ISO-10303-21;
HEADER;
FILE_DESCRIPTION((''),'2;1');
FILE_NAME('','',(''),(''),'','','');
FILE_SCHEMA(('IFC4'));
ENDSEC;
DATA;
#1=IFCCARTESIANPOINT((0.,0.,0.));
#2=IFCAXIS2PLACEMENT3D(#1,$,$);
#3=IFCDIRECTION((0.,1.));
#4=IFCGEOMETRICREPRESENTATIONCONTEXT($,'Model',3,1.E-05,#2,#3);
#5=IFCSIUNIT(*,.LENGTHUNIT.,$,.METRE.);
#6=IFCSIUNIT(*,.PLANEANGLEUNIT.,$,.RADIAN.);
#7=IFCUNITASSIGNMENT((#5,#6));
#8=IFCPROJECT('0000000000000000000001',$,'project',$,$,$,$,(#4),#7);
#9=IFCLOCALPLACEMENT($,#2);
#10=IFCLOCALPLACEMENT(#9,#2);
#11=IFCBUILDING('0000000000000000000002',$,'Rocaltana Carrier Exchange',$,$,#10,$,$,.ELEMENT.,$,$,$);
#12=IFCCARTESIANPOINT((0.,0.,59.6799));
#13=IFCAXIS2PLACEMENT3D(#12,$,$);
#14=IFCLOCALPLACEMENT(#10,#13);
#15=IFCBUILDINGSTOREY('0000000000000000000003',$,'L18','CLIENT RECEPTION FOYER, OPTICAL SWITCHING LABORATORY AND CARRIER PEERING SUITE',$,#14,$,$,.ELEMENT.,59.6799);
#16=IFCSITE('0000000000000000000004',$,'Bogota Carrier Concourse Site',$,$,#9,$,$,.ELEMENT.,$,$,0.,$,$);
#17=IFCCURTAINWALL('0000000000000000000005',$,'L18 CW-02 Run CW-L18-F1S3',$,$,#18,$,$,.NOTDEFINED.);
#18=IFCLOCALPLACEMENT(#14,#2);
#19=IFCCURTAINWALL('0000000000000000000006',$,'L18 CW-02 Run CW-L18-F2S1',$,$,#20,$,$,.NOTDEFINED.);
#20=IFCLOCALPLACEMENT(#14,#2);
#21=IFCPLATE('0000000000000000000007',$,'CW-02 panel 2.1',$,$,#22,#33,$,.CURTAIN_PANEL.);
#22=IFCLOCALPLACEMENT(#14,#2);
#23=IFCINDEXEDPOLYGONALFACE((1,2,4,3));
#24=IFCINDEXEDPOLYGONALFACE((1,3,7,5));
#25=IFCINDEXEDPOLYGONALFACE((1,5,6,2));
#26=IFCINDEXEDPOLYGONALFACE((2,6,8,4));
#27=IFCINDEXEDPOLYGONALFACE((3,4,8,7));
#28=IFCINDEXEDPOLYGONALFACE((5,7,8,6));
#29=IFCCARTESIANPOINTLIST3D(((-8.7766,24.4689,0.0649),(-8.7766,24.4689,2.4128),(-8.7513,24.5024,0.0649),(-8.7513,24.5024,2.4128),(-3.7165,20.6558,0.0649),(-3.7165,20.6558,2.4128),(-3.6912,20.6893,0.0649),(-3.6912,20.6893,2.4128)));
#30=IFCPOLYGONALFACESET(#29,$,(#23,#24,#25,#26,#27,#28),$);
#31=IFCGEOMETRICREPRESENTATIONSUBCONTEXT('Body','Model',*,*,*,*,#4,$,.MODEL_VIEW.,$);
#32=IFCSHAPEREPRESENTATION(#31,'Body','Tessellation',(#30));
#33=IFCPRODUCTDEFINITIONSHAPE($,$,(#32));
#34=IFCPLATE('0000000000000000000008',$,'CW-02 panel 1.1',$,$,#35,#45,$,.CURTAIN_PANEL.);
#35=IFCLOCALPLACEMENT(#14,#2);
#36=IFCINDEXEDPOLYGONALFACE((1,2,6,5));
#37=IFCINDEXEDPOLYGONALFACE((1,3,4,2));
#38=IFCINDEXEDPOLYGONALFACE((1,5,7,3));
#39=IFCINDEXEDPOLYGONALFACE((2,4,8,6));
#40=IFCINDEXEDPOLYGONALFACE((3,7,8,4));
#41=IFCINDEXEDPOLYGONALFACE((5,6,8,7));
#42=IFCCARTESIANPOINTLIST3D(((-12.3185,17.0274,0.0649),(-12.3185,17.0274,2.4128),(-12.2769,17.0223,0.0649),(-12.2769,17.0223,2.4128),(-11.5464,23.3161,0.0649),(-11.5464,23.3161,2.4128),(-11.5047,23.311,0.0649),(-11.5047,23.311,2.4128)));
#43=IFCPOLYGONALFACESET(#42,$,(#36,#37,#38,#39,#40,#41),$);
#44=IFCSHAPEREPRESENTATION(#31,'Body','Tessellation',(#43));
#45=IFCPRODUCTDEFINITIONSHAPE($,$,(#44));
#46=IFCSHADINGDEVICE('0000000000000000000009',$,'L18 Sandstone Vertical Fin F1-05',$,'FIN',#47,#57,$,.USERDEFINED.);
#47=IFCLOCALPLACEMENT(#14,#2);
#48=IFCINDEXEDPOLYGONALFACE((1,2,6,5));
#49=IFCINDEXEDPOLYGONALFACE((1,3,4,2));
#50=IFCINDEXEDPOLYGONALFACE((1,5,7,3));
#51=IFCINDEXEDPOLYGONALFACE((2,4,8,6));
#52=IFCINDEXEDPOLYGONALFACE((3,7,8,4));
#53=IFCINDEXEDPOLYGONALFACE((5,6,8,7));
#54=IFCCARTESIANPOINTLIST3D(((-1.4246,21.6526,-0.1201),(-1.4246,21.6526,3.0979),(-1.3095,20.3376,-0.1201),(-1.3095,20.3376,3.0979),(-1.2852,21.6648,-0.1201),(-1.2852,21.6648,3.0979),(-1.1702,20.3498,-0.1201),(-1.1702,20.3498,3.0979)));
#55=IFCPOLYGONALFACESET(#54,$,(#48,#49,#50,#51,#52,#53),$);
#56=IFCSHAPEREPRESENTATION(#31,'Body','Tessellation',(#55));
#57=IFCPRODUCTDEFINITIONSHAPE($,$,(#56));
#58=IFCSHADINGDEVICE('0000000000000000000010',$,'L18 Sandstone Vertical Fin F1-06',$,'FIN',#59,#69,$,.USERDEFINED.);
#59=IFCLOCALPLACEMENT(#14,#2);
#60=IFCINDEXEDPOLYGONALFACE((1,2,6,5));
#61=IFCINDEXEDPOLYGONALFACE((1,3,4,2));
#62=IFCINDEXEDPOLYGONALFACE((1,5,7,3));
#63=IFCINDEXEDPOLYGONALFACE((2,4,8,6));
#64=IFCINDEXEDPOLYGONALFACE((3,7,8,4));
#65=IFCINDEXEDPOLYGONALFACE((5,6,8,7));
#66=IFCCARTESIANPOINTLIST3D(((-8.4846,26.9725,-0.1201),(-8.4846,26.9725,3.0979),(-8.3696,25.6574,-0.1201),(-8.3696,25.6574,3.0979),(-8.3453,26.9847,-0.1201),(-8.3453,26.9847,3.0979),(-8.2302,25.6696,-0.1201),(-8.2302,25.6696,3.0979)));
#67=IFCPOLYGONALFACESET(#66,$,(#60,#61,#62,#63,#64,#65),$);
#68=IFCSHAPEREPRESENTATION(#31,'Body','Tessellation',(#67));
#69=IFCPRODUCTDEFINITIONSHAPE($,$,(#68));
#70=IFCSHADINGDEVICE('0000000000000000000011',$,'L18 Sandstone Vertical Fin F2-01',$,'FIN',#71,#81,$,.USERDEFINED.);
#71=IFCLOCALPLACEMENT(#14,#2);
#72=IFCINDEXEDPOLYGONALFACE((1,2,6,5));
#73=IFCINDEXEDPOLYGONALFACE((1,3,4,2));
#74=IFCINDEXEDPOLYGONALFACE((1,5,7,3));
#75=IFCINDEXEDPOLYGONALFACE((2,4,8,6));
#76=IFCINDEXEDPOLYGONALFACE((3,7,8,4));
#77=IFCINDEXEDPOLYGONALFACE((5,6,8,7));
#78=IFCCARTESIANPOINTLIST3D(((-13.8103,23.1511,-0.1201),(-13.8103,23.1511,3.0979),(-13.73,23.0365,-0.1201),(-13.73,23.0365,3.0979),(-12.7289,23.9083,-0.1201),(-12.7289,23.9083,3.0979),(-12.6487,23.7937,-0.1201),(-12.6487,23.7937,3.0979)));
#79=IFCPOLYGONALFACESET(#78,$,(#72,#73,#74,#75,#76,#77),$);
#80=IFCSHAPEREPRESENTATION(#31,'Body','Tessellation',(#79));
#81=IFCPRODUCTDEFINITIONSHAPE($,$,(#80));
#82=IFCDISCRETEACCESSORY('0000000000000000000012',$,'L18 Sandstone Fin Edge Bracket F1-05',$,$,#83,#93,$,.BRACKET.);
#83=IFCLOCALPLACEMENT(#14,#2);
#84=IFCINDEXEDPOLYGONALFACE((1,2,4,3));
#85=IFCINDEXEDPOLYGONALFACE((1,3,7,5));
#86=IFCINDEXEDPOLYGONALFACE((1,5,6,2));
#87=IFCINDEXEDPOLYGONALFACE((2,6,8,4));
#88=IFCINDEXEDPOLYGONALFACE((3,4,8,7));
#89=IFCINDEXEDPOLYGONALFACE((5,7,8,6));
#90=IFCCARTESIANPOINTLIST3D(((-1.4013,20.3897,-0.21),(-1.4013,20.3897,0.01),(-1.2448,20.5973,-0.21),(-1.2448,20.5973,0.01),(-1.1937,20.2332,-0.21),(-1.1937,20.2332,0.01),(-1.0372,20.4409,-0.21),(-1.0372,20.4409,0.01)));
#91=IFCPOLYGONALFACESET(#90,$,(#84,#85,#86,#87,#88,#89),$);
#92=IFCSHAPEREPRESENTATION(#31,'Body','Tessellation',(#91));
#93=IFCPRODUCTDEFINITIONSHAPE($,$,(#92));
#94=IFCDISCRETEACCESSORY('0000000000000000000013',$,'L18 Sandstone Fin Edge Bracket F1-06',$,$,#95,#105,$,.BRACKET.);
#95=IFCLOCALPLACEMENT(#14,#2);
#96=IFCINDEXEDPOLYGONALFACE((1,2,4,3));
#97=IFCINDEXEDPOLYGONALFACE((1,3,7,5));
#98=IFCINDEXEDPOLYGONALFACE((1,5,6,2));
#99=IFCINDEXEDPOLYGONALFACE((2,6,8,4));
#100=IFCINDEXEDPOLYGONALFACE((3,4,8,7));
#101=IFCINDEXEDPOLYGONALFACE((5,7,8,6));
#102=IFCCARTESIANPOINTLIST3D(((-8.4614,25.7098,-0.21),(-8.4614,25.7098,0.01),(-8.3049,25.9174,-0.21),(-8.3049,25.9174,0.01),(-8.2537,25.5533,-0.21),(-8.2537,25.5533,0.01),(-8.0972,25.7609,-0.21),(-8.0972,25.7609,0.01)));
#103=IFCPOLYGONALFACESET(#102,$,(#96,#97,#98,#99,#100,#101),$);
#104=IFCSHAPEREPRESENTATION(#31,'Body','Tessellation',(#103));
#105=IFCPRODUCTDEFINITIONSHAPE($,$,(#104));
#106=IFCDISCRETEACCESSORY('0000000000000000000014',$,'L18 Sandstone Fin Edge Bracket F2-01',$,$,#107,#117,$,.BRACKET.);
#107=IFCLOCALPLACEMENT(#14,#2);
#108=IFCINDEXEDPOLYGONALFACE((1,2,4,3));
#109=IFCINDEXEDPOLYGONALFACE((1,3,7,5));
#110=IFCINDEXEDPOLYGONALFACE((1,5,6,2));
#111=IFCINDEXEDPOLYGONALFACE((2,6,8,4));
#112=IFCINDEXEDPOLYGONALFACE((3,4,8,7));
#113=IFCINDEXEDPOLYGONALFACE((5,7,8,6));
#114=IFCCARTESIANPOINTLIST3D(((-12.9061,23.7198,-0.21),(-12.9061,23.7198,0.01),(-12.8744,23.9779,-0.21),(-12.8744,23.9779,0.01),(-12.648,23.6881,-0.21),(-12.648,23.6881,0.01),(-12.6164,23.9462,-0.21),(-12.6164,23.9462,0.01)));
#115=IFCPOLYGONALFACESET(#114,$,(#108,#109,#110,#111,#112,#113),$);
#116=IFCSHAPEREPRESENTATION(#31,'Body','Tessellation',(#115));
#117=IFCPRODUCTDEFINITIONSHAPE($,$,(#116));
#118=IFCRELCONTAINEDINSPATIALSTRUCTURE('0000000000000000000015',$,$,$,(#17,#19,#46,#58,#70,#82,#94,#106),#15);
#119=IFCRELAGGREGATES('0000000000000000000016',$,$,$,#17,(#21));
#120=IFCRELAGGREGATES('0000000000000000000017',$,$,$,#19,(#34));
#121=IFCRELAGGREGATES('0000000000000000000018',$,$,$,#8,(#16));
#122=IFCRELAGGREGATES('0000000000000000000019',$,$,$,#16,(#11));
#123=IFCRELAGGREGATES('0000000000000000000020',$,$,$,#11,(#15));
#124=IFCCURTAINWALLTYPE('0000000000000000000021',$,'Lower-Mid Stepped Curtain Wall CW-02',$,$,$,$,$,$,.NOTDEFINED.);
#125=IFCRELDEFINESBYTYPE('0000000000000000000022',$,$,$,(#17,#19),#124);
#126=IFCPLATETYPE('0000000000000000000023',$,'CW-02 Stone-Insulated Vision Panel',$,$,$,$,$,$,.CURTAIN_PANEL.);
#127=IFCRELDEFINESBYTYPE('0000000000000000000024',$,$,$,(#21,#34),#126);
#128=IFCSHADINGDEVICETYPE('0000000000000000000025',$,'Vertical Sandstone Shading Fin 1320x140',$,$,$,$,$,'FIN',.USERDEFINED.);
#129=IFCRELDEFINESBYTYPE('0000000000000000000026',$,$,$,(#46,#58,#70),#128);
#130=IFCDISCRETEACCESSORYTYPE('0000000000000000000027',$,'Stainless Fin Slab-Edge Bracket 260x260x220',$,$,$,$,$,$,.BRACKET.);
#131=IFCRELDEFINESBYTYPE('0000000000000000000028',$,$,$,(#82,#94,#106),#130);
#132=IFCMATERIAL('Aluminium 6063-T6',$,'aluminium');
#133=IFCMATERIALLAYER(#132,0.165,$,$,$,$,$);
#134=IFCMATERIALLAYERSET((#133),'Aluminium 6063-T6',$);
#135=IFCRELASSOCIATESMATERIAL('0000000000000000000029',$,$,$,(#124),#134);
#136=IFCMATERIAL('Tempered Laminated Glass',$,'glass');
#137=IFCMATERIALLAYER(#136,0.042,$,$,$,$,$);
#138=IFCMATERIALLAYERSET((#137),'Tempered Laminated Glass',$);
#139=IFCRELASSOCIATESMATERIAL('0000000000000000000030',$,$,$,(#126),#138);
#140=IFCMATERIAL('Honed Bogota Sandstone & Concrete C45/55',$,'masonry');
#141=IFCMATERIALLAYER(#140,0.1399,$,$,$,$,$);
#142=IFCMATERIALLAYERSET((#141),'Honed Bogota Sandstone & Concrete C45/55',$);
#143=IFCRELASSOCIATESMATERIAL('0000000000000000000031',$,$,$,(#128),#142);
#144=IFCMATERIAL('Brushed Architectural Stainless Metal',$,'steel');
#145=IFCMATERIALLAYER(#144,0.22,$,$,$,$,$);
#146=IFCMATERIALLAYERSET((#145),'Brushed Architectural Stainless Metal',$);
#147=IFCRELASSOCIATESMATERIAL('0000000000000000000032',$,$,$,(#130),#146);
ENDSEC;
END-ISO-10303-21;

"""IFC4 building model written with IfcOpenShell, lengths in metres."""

from ifc_helpers import new_model, si_unit, direction, frame, origin, origin_2d, place, context, subcontext, project, spatial, rectangle, extrude, material, layer, layer_set, type_object, element, aggregate, save


model = new_model("IFC4")

# Units and contexts
model_context = context("Model", 3, precision=1e-05, world=origin(), true_north=direction((0.0, 1.0)))
body_context = subcontext(model_context, "Body", "Model", "MODEL_VIEW")
ifc_project = project(units=[si_unit("LENGTHUNIT", "METRE"), si_unit("PLANEANGLEUNIT", "RADIAN")], contexts=[model_context])

# Site, building, storey
site_placement = place(None, origin())
site = spatial("IfcSite", under=ifc_project, at=site_placement, Name="Bogota Carrier Concourse Site", CompositionType="ELEMENT", RefElevation=0.0)
building_placement = place(site_placement, origin())
building = spatial("IfcBuilding", under=site, at=building_placement, Name="Rocaltana Carrier Exchange", CompositionType="ELEMENT")
storey_placement = place(building_placement, frame((0.0, 0.0, 59.6799)))
storey = spatial("IfcBuildingStorey", under=building, at=storey_placement, Name="L18", Description="CLIENT RECEPTION FOYER, OPTICAL SWITCHING LABORATORY AND CARRIER PEERING SUITE", CompositionType="ELEMENT", Elevation=59.6799)

# Curtain wall
ifc_material_1 = material(Name="Aluminium 6063-T6", Category="aluminium")
ifc_layer_1 = layer(ifc_material_1, 0.165)
ifc_layer_set_1 = layer_set([ifc_layer_1], Name="Aluminium 6063-T6")
curtain_wall_type = type_object("IfcCurtainWallType", Name="Lower-Mid Stepped Curtain Wall CW-02", PredefinedType="NOTDEFINED", material=ifc_layer_set_1)
curtain_wall_1_placement = place(storey_placement, origin())
curtain_wall_1 = element("IfcCurtainWall", 1, at=curtain_wall_1_placement, inside=storey, type_object=curtain_wall_type, Name="L18 CW-02 Run CW-L18-F1S3", PredefinedType="NOTDEFINED")

# Curtain wall
curtain_wall_2_placement = place(storey_placement, origin())
curtain_wall_2 = element("IfcCurtainWall", 2, at=curtain_wall_2_placement, inside=storey, type_object=curtain_wall_type, Name="L18 CW-02 Run CW-L18-F2S1", PredefinedType="NOTDEFINED")

# Plates
ifc_material_2 = material(Name="Tempered Laminated Glass", Category="glass")
ifc_layer_2 = layer(ifc_material_2, 0.042)
ifc_layer_set_2 = layer_set([ifc_layer_2], Name="Tempered Laminated Glass")
plate_type = type_object("IfcPlateType", Name="CW-02 Stone-Insulated Vision Panel", PredefinedType="CURTAIN_PANEL", material=ifc_layer_set_2)
plate_1_placement = place(storey_placement, frame((-6.2339, 22.5791, 0.0649), z_axis=(0.0, 0.0, 1.0), x_axis=(-0.798638, 0.601812, 0.0)))
plate_1 = element("IfcPlate", 3, at=plate_1_placement, type_object=plate_type, Name="CW-02 panel 2.1", PredefinedType="CURTAIN_PANEL", context=body_context, shape_type="SweptSolid", body=[
    extrude(rectangle(XDim=6.3359, YDim=0.042, at=origin_2d()), origin(), (0.0, 0.0, 1.0), 2.3479),
])
aggregate(curtain_wall_1, [plate_1])
plate_2_placement = place(storey_placement, frame((-11.9116, 20.1692, 0.0649), z_axis=(0.0, 0.0, 1.0), x_axis=(-0.121873, -0.992546, 0.0)))
plate_2 = element("IfcPlate", 4, at=plate_2_placement, type_object=plate_type, Name="CW-02 panel 1.1", PredefinedType="CURTAIN_PANEL", context=body_context, shape_type="SweptSolid", body=[
    extrude(rectangle(XDim=6.3359, YDim=0.042, at=origin_2d()), origin(), (0.0, 0.0, 1.0), 2.3479),
])
aggregate(curtain_wall_2, [plate_2])

# Shading devices
ifc_material_3 = material(Name="Honed Bogota Sandstone & Concrete C45/55", Category="masonry")
ifc_layer_3 = layer(ifc_material_3, 0.1399)
ifc_layer_set_3 = layer_set([ifc_layer_3], Name="Honed Bogota Sandstone & Concrete C45/55")
shading_device_type = type_object("IfcShadingDeviceType", Name="Vertical Sandstone Shading Fin 1320x140", ElementType="FIN", PredefinedType="USERDEFINED", material=ifc_layer_set_3)
for number, where, z_axis, x_axis, name in (
    (5, (-1.2974, 21.0012, -0.1201), (0.0, 0.0, 1.0), (-0.087156, 0.996195, 0.0), "L18 Sandstone Vertical Fin F1-05"),
    (6, (-8.3574, 26.321, -0.1201), (0.0, 0.0, 1.0), (-0.087156, 0.996195, 0.0), "L18 Sandstone Vertical Fin F1-06"),
    (7, (-13.2295, 23.4724, -0.1201), (0.0, 0.0, 1.0), (-0.819152, -0.573576, 0.0), "L18 Sandstone Vertical Fin F2-01"),
):
    element("IfcShadingDevice", number, at=place(storey_placement, frame(where, z_axis=z_axis, x_axis=x_axis)), inside=storey, type_object=shading_device_type, Name=name, ObjectType="FIN", PredefinedType="USERDEFINED", context=body_context, shape_type="SweptSolid", body=[
        extrude(rectangle(XDim=1.3201, YDim=0.1399, at=origin_2d()), origin(), (0.0, 0.0, 1.0), 3.218),
    ])

# Discrete accessories
ifc_material_4 = material(Name="Brushed Architectural Stainless Metal", Category="steel")
ifc_layer_4 = layer(ifc_material_4, 0.22)
ifc_layer_set_4 = layer_set([ifc_layer_4], Name="Brushed Architectural Stainless Metal")
discrete_accessory_type = type_object("IfcDiscreteAccessoryType", Name="Stainless Fin Slab-Edge Bracket 260x260x220", PredefinedType="BRACKET", material=ifc_layer_set_4)
for number, where, z_axis, x_axis, name in (
    (8, (-1.2192, 20.4153, -0.21), (0.0, 0.0, 1.0), (-0.798636, 0.601815, 0.0), "L18 Sandstone Fin Edge Bracket F1-05"),
    (9, (-8.2793, 25.7354, -0.21), (0.0, 0.0, 1.0), (-0.798636, 0.601815, 0.0), "L18 Sandstone Fin Edge Bracket F1-06"),
    (10, (-12.7612, 23.833, -0.21), (0.0, 0.0, 1.0), (-0.121869, -0.992546, 0.0), "L18 Sandstone Fin Edge Bracket F2-01"),
):
    element("IfcDiscreteAccessory", number, at=place(storey_placement, frame(where, z_axis=z_axis, x_axis=x_axis)), inside=storey, type_object=discrete_accessory_type, Name=name, PredefinedType="BRACKET", context=body_context, shape_type="SweptSolid", body=[
        extrude(rectangle(XDim=0.26, YDim=0.26, at=origin_2d()), origin(), (0.0, 0.0, 1.0), 0.22),
    ])

save(model, "model.ifc")
